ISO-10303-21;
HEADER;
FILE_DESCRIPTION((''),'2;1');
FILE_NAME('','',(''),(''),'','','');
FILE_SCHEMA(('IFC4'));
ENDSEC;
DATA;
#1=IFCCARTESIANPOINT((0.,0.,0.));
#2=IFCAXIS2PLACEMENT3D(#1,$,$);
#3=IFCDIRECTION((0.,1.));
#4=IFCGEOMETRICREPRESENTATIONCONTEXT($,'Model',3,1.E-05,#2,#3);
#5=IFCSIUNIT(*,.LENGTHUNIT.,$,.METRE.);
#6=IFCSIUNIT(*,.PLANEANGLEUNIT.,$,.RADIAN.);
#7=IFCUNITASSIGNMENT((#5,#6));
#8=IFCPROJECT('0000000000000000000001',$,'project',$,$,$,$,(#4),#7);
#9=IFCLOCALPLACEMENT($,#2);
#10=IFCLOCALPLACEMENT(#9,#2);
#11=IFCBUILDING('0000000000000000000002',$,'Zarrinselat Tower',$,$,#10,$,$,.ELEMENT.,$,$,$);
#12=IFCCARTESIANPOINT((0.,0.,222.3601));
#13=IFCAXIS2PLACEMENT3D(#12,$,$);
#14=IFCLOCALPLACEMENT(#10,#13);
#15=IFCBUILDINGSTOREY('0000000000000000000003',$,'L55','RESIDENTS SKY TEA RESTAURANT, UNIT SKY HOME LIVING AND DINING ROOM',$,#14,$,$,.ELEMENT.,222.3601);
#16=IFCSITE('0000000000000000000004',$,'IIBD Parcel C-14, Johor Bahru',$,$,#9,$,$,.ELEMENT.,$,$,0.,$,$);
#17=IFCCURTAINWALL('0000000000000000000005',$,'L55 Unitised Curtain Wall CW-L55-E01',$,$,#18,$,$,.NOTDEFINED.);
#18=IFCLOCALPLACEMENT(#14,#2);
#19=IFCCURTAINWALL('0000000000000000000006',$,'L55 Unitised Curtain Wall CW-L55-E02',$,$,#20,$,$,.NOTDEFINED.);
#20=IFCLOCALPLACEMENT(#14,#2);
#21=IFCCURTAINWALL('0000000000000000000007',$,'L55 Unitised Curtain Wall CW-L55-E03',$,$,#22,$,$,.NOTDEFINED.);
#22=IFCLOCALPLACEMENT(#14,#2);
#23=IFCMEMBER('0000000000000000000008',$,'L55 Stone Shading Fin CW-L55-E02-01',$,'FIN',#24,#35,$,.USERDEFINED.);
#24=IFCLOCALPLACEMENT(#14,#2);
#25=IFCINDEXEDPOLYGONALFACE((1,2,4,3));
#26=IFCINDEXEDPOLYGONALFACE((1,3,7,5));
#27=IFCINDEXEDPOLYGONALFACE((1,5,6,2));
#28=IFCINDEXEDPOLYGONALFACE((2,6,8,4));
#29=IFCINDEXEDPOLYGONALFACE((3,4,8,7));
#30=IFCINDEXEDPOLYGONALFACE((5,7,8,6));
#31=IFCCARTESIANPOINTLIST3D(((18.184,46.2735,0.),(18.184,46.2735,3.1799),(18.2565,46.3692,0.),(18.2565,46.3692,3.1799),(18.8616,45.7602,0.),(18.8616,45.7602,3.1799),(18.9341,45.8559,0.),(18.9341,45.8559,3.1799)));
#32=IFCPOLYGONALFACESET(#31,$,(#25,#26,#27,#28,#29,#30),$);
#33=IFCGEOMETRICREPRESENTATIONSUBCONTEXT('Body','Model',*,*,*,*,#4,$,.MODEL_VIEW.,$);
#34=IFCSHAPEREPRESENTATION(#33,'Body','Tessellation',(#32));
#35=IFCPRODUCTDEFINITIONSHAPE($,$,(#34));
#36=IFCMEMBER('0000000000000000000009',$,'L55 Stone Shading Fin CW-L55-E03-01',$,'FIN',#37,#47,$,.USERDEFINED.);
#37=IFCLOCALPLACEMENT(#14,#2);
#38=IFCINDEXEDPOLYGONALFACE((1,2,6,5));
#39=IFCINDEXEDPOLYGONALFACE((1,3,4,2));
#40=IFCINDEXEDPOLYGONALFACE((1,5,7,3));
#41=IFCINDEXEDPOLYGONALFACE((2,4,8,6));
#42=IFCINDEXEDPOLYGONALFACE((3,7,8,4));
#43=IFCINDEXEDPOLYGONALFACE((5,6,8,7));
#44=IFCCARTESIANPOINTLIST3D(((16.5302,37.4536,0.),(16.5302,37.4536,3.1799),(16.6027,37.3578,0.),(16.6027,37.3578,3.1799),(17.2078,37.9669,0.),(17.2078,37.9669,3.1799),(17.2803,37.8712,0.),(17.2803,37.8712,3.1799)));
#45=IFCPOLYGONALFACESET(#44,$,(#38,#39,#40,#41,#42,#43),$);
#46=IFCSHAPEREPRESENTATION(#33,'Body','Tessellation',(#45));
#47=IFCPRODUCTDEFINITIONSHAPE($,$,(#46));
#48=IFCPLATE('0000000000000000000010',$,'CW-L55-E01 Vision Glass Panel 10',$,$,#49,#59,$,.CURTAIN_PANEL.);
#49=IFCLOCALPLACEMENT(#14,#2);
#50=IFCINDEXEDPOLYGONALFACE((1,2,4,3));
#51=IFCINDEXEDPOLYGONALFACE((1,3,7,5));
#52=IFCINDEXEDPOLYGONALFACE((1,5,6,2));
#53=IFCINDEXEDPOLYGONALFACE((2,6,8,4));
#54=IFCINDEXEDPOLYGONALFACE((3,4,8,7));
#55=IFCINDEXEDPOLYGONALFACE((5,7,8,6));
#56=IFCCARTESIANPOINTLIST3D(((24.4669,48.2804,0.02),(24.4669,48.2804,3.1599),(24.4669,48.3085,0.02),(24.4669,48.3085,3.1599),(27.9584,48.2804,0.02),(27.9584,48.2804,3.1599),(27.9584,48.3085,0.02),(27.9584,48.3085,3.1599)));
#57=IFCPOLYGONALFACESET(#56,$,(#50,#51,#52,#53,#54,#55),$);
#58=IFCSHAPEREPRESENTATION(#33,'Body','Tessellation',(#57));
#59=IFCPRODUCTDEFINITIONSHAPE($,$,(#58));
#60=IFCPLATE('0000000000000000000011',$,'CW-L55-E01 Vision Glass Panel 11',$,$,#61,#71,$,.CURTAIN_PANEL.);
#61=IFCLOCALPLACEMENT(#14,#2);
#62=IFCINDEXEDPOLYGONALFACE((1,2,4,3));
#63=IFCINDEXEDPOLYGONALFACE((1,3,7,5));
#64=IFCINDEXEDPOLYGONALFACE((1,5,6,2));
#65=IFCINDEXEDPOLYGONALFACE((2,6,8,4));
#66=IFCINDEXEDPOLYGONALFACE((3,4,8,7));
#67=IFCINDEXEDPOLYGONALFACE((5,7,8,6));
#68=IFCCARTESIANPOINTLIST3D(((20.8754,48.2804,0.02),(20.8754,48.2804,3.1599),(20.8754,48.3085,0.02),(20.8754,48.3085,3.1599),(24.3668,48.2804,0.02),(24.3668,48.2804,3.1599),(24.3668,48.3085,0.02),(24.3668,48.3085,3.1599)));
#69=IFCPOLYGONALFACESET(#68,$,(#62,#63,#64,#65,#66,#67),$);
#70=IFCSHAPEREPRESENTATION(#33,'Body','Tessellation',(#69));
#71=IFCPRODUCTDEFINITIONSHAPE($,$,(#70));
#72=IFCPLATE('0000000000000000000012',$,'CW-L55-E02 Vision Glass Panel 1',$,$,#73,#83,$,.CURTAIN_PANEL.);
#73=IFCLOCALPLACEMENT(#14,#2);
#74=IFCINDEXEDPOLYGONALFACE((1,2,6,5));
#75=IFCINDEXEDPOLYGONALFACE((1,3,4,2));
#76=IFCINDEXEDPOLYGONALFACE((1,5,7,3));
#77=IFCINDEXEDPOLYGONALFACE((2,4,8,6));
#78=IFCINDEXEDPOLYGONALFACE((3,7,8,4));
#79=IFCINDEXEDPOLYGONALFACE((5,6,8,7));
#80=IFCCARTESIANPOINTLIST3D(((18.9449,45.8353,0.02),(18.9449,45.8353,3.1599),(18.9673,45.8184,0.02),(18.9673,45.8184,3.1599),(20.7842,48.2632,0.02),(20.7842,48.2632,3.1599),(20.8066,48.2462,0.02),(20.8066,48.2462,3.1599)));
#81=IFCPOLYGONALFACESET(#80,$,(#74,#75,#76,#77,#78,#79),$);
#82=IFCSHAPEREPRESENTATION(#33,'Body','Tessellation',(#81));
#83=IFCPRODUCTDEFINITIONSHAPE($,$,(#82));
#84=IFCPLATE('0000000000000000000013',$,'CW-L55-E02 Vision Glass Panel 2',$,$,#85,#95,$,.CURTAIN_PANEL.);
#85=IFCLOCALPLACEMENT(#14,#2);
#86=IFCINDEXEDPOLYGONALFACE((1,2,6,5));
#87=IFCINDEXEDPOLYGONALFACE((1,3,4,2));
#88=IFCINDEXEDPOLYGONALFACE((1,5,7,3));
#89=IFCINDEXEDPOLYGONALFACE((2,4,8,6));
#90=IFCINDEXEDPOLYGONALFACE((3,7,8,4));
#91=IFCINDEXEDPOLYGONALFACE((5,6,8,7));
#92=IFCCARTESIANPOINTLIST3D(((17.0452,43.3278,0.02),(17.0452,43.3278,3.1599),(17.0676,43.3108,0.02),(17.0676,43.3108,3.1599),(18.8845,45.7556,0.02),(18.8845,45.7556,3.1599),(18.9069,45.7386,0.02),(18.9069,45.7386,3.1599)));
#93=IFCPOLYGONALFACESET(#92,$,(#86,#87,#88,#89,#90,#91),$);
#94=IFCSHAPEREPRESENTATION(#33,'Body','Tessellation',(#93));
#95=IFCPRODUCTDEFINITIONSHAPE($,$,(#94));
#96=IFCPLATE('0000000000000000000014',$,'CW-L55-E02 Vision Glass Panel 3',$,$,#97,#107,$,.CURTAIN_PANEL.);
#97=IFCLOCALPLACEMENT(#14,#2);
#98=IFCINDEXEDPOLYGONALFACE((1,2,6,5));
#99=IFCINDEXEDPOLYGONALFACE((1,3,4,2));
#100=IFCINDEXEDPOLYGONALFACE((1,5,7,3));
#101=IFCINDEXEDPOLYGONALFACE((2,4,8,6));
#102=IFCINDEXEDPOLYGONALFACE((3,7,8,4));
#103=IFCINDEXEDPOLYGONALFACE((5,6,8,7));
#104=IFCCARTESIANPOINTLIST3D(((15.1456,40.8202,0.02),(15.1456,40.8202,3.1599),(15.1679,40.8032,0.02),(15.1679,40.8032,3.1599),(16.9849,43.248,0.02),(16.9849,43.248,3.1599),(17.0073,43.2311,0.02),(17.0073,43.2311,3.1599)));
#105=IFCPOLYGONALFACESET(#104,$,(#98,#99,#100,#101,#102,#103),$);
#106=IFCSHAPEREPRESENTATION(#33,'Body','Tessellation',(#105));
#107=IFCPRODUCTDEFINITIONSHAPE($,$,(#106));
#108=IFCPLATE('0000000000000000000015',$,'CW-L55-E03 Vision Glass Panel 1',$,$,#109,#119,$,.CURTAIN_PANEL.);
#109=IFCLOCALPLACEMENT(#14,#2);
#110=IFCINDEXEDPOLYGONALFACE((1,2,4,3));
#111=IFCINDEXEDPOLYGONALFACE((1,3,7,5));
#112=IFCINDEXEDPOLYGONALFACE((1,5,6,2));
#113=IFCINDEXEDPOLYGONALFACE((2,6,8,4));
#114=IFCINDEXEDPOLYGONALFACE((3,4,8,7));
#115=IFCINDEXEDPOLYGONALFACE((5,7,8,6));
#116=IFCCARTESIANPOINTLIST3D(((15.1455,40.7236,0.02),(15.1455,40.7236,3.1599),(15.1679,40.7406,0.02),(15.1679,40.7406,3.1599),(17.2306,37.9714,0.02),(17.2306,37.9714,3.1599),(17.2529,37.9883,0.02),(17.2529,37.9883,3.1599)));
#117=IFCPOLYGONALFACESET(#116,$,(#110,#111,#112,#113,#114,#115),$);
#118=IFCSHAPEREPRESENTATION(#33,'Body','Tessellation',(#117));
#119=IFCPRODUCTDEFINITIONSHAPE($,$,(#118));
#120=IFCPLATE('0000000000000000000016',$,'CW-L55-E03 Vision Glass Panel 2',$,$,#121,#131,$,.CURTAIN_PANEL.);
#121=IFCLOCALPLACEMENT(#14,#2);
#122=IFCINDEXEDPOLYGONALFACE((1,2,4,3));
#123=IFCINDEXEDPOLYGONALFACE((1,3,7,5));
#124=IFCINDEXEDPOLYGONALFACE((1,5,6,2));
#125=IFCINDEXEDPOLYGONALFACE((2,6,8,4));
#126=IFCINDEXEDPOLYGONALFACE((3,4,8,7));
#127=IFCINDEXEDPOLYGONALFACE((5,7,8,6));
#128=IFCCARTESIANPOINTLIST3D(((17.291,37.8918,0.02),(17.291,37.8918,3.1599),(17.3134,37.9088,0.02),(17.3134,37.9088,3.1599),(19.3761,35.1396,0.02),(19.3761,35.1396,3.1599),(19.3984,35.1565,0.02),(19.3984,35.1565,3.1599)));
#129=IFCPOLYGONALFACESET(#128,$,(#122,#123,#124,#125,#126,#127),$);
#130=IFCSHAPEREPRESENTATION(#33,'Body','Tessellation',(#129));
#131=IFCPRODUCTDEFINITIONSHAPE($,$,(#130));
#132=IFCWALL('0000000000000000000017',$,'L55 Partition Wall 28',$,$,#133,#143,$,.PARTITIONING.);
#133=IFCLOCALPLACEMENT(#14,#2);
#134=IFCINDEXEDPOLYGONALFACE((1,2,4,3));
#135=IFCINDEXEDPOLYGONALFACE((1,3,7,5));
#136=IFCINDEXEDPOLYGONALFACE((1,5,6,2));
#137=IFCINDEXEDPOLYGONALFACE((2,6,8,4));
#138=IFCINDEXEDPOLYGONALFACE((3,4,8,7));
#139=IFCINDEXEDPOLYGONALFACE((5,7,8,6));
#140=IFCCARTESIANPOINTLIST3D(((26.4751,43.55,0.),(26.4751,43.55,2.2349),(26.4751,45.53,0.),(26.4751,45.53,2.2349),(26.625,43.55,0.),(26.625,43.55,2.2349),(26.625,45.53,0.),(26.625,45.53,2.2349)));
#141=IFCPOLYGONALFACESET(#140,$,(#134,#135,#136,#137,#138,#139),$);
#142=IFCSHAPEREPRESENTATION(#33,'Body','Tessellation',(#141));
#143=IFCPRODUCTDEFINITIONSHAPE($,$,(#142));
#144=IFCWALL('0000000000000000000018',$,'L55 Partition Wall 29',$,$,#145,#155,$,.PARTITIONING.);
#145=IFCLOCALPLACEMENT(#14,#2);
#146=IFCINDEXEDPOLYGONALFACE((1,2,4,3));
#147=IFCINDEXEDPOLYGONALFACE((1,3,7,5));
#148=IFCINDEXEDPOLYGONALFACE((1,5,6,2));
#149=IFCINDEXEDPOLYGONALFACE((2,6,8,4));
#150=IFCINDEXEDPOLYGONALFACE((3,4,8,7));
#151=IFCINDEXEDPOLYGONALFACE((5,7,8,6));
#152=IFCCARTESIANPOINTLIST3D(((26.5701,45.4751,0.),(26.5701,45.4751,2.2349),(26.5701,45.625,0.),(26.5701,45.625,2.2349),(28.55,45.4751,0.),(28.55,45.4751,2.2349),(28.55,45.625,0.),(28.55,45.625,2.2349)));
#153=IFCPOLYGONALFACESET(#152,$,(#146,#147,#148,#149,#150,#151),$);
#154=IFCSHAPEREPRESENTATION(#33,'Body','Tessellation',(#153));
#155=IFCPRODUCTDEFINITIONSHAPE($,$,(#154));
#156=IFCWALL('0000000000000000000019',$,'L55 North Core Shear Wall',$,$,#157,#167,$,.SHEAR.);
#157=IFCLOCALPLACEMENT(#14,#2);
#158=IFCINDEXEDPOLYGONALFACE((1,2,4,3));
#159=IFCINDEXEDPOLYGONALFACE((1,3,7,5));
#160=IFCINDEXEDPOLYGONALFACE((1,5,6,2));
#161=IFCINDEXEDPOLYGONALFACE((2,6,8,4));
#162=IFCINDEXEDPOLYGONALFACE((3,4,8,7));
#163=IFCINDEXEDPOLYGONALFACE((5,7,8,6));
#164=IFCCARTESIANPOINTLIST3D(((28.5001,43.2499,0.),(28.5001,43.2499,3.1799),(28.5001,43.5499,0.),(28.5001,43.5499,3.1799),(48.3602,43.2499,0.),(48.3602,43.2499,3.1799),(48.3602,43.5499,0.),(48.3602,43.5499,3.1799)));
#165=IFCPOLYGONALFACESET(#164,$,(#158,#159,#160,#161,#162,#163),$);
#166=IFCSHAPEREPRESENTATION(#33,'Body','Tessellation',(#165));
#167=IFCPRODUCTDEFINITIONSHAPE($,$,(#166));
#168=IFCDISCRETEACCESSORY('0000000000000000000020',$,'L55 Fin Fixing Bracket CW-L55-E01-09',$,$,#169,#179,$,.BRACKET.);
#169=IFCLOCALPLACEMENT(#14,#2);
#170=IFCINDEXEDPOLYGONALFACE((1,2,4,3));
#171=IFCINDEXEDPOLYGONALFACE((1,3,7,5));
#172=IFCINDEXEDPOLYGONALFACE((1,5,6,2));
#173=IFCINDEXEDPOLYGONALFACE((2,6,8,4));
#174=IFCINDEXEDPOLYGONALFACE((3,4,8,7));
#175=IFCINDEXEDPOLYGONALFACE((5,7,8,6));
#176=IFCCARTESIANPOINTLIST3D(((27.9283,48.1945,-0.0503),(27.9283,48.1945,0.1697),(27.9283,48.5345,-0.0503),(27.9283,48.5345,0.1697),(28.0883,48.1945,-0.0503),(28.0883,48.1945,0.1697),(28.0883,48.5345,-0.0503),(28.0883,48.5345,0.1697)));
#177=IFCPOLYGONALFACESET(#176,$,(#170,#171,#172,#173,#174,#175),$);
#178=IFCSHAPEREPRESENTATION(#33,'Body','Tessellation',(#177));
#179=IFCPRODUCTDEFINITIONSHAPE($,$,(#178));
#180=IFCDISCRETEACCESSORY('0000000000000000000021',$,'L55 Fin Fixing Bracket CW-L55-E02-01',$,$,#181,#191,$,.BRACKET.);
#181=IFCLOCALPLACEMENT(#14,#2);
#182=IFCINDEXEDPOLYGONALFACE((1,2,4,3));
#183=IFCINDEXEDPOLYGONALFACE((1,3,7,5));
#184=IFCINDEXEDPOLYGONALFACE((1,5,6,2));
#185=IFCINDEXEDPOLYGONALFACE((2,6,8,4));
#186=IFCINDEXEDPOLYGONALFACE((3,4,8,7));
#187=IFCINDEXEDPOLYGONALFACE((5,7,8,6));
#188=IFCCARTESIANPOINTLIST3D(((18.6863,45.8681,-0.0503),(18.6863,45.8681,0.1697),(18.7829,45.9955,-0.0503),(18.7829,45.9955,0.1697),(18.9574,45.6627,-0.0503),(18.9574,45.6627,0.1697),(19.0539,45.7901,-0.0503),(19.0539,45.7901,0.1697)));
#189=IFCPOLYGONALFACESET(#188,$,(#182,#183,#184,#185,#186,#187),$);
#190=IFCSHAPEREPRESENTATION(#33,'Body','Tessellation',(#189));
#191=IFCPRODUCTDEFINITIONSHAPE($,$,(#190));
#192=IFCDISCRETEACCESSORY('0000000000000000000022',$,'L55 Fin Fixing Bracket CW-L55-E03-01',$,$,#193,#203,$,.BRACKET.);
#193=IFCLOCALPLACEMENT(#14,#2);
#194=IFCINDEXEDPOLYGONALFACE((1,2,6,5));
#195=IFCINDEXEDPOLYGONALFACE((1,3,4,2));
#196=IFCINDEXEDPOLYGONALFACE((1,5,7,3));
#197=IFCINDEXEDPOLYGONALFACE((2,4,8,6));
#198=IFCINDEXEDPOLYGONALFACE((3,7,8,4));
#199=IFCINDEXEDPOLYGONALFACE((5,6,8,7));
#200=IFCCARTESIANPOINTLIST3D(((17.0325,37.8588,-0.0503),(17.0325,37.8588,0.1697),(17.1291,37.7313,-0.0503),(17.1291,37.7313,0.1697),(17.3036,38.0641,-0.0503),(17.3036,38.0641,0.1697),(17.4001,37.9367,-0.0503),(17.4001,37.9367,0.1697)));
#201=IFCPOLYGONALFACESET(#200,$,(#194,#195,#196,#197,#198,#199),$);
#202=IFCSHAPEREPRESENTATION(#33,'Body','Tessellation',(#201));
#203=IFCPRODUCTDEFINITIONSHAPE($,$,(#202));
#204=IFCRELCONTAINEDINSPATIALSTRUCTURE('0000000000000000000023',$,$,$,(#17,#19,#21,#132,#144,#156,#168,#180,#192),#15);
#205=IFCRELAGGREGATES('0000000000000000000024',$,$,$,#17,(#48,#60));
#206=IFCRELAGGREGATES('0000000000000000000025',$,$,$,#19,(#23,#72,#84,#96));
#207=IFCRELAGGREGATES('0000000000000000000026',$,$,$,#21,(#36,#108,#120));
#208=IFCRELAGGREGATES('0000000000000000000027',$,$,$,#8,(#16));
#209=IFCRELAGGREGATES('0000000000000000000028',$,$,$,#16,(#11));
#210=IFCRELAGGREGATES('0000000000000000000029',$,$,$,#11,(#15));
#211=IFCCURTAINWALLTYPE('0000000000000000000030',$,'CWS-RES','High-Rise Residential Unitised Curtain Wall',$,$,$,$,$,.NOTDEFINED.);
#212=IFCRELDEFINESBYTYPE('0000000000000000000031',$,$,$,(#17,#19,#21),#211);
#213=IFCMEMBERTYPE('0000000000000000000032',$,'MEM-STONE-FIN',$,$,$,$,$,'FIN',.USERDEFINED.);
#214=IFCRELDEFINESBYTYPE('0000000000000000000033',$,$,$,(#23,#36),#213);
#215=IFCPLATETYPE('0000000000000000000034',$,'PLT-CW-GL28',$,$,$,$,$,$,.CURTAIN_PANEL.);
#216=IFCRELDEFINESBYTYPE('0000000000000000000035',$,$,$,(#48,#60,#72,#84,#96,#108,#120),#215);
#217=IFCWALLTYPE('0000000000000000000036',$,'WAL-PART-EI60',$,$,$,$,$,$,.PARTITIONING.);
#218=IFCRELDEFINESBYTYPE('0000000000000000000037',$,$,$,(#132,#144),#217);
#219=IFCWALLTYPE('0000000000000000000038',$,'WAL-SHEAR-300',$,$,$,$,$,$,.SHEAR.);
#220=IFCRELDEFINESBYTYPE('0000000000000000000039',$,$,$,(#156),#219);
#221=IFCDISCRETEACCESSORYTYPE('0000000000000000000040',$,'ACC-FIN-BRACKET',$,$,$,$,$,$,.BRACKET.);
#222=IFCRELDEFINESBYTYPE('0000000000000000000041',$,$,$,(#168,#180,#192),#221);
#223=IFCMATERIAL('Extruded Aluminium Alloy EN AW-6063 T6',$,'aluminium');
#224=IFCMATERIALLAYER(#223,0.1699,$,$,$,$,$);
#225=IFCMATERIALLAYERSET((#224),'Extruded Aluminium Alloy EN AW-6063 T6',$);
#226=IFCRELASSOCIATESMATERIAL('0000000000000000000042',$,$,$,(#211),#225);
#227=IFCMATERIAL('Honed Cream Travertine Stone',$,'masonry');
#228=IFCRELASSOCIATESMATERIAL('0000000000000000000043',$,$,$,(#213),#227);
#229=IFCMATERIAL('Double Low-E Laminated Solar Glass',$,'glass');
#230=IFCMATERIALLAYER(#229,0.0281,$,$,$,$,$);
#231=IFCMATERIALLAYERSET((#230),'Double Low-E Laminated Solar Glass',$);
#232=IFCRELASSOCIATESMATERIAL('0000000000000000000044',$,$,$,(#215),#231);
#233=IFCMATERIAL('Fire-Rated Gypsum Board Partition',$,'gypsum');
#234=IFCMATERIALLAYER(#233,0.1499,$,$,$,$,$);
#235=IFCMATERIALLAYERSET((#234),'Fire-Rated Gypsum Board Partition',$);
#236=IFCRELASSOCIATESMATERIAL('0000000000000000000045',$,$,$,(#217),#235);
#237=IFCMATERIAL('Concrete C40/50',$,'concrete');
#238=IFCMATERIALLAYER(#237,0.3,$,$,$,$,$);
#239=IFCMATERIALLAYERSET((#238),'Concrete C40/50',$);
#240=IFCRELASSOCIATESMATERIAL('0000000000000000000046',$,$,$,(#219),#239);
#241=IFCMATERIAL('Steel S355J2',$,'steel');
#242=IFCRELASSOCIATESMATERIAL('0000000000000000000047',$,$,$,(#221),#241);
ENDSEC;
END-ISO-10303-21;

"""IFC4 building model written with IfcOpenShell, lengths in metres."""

from ifc_helpers import new_model, si_unit, direction, frame, frame_2d, origin, origin_2d, place, context, subcontext, project, spatial, rectangle, extrude, material, layer, layer_set, material_profile, profile_set, type_object, element, aggregate, save


model = new_model("IFC4")

# Units and contexts
model_context = context("Model", 3, precision=1e-05, world=origin(), true_north=direction((0.0, 1.0)))
body_context = subcontext(model_context, "Body", "Model", "MODEL_VIEW")
ifc_project = project(units=[si_unit("LENGTHUNIT", "METRE"), si_unit("PLANEANGLEUNIT", "RADIAN")], contexts=[model_context])

# Site, building, storey
site_placement = place(None, origin())
site = spatial("IfcSite", under=ifc_project, at=site_placement, Name="IIBD Parcel C-14, Johor Bahru", CompositionType="ELEMENT", RefElevation=0.0)
building_placement = place(site_placement, origin())
building = spatial("IfcBuilding", under=site, at=building_placement, Name="Zarrinselat Tower", CompositionType="ELEMENT")
storey_placement = place(building_placement, frame((0.0, 0.0, 222.3601)))
storey = spatial("IfcBuildingStorey", under=building, at=storey_placement, Name="L55", Description="RESIDENTS SKY TEA RESTAURANT, UNIT SKY HOME LIVING AND DINING ROOM", CompositionType="ELEMENT", Elevation=222.3601)

# Curtain walls
ifc_material_1 = material(Name="Extruded Aluminium Alloy EN AW-6063 T6", Category="aluminium")
ifc_layer_1 = layer(ifc_material_1, 0.1699)
ifc_layer_set_1 = layer_set([ifc_layer_1], Name="Extruded Aluminium Alloy EN AW-6063 T6")
curtain_wall_type = type_object("IfcCurtainWallType", Name="CWS-RES", Description="High-Rise Residential Unitised Curtain Wall", PredefinedType="NOTDEFINED", material=ifc_layer_set_1)
curtain_wall_1_placement = place(storey_placement, origin())
curtain_wall_1 = element("IfcCurtainWall", 1, at=curtain_wall_1_placement, inside=storey, type_object=curtain_wall_type, Name="L55 Unitised Curtain Wall CW-L55-E01", PredefinedType="NOTDEFINED")
curtain_wall_2_placement = place(storey_placement, origin())
curtain_wall_2 = element("IfcCurtainWall", 2, at=curtain_wall_2_placement, inside=storey, type_object=curtain_wall_type, Name="L55 Unitised Curtain Wall CW-L55-E02", PredefinedType="NOTDEFINED")
curtain_wall_3_placement = place(storey_placement, origin())
curtain_wall_3 = element("IfcCurtainWall", 3, at=curtain_wall_3_placement, inside=storey, type_object=curtain_wall_type, Name="L55 Unitised Curtain Wall CW-L55-E03", PredefinedType="NOTDEFINED")

# Members
ifc_material_2 = material(Name="Honed Cream Travertine Stone", Category="masonry")
ifc_material_profile_1 = material_profile(ifc_material_2, rectangle(XDim=0.1201, YDim=0.8501, at=origin_2d()), Name="FIN 850x120")
ifc_profile_set_1 = profile_set([ifc_material_profile_1], Name="Honed Cream Travertine Stone")
member_type_1 = type_object("IfcMemberType", Name="MEM-STONE-FIN", ElementType="FIN", PredefinedType="USERDEFINED", material=ifc_profile_set_1)
member_1_placement = place(storey_placement, frame((18.5591, 46.0647, 0.0), z_axis=(0.0, 0.0, 1.0), x_axis=(0.603865, 0.797086, 0.0)))
member_1 = element("IfcMember", 4, at=member_1_placement, type_object=member_type_1, Name="L55 Stone Shading Fin CW-L55-E02-01", ObjectType="FIN", PredefinedType="USERDEFINED", context=body_context, shape_type="SweptSolid", body=[
    extrude(rectangle(XDim=0.1201, YDim=0.8501, at=origin_2d()), origin(), (0.0, 0.0, 1.0), 3.1799),
])
member_2_placement = place(storey_placement, frame((16.9053, 37.6624, 0.0), z_axis=(0.0, 0.0, 1.0), x_axis=(-0.60386, 0.797091, 0.0)))
member_2 = element("IfcMember", 5, at=member_2_placement, type_object=member_type_1, Name="L55 Stone Shading Fin CW-L55-E03-01", ObjectType="FIN", PredefinedType="USERDEFINED", context=body_context, shape_type="SweptSolid", body=[
    extrude(rectangle(XDim=0.1201, YDim=0.8501, at=origin_2d()), origin(), (0.0, 0.0, 1.0), 3.1799),
])

# Plates
ifc_material_3 = material(Name="Double Low-E Laminated Solar Glass", Category="glass")
ifc_layer_2 = layer(ifc_material_3, 0.0281)
ifc_layer_set_2 = layer_set([ifc_layer_2], Name="Double Low-E Laminated Solar Glass")
plate_type = type_object("IfcPlateType", Name="PLT-CW-GL28", PredefinedType="CURTAIN_PANEL", material=ifc_layer_set_2)
plate_1_placement = place(storey_placement, frame((26.2126, 48.2944, 0.02), z_axis=(0.0, 0.0, 1.0), x_axis=(-1.0, 0.0, 0.0)))
plate_1 = element("IfcPlate", 6, at=plate_1_placement, type_object=plate_type, Name="CW-L55-E01 Vision Glass Panel 10", PredefinedType="CURTAIN_PANEL", context=body_context, shape_type="SweptSolid", body=[
    extrude(rectangle(XDim=3.4915, YDim=0.0281, at=origin_2d()), origin(), (0.0, 0.0, 1.0), 3.1399),
])
plate_2_placement = place(storey_placement, frame((22.6211, 48.2944, 0.02), z_axis=(0.0, 0.0, 1.0), x_axis=(-1.0, 0.0, 0.0)))
plate_2 = element("IfcPlate", 7, at=plate_2_placement, type_object=plate_type, Name="CW-L55-E01 Vision Glass Panel 11", PredefinedType="CURTAIN_PANEL", context=body_context, shape_type="SweptSolid", body=[
    extrude(rectangle(XDim=3.4915, YDim=0.0281, at=origin_2d()), origin(), (0.0, 0.0, 1.0), 3.1399),
])
aggregate(curtain_wall_1, [plate_1, plate_2])
plate_3_placement = place(storey_placement, frame((19.8757, 47.0408, 0.02), z_axis=(0.0, 0.0, 1.0), x_axis=(-0.603865, -0.797086, 0.0)))
plate_3 = element("IfcPlate", 8, at=plate_3_placement, type_object=plate_type, Name="CW-L55-E02 Vision Glass Panel 1", PredefinedType="CURTAIN_PANEL", context=body_context, shape_type="SweptSolid", body=[
    extrude(rectangle(XDim=3.0459, YDim=0.0281, at=origin_2d()), origin(), (0.0, 0.0, 1.0), 3.1399),
])
plate_4_placement = place(storey_placement, frame((17.9761, 44.5332, 0.02), z_axis=(0.0, 0.0, 1.0), x_axis=(-0.603865, -0.797086, 0.0)))
plate_4 = element("IfcPlate", 9, at=plate_4_placement, type_object=plate_type, Name="CW-L55-E02 Vision Glass Panel 2", PredefinedType="CURTAIN_PANEL", context=body_context, shape_type="SweptSolid", body=[
    extrude(rectangle(XDim=3.0459, YDim=0.0281, at=origin_2d()), origin(), (0.0, 0.0, 1.0), 3.1399),
])
plate_5_placement = place(storey_placement, frame((16.0764, 42.0256, 0.02), z_axis=(0.0, 0.0, 1.0), x_axis=(-0.603865, -0.797086, 0.0)))
plate_5 = element("IfcPlate", 10, at=plate_5_placement, type_object=plate_type, Name="CW-L55-E02 Vision Glass Panel 3", PredefinedType="CURTAIN_PANEL", context=body_context, shape_type="SweptSolid", body=[
    extrude(rectangle(XDim=3.0459, YDim=0.0281, at=origin_2d()), origin(), (0.0, 0.0, 1.0), 3.1399),
])
aggregate(curtain_wall_2, [member_1, plate_3, plate_4, plate_5])
plate_6_placement = place(storey_placement, frame((16.1992, 39.356, 0.02), z_axis=(0.0, 0.0, 1.0), x_axis=(0.60386, -0.797091, 0.0)))
plate_6 = element("IfcPlate", 11, at=plate_6_placement, type_object=plate_type, Name="CW-L55-E03 Vision Glass Panel 1", PredefinedType="CURTAIN_PANEL", context=body_context, shape_type="SweptSolid", body=[
    extrude(rectangle(XDim=3.4529, YDim=0.0281, at=origin_2d()), origin(), (0.0, 0.0, 1.0), 3.1399),
])
plate_7_placement = place(storey_placement, frame((18.3447, 36.5242, 0.02), z_axis=(0.0, 0.0, 1.0), x_axis=(0.60386, -0.797091, 0.0)))
plate_7 = element("IfcPlate", 12, at=plate_7_placement, type_object=plate_type, Name="CW-L55-E03 Vision Glass Panel 2", PredefinedType="CURTAIN_PANEL", context=body_context, shape_type="SweptSolid", body=[
    extrude(rectangle(XDim=3.4529, YDim=0.0281, at=origin_2d()), origin(), (0.0, 0.0, 1.0), 3.1399),
])
aggregate(curtain_wall_3, [member_2, plate_6, plate_7])

# Walls
ifc_material_4 = material(Name="Fire-Rated Gypsum Board Partition", Category="gypsum")
ifc_layer_3 = layer(ifc_material_4, 0.1499)
ifc_layer_set_3 = layer_set([ifc_layer_3], Name="Fire-Rated Gypsum Board Partition")
wall_type_1 = type_object("IfcWallType", Name="WAL-PART-EI60", PredefinedType="PARTITIONING", material=ifc_layer_set_3)
for number, where, z_axis, x_axis, name in (
    (13, (26.55, 43.55, 0.0), (0.0, 0.0, 1.0), (0.0, 1.0, 0.0), "L55 Partition Wall 28"),
    (14, (26.5701, 45.55, 0.0), (0.0, 0.0, 1.0), (1.0, 0.0, 0.0), "L55 Partition Wall 29"),
):
    element("IfcWall", number, at=place(storey_placement, frame(where, z_axis=z_axis, x_axis=x_axis)), inside=storey, type_object=wall_type_1, Name=name, PredefinedType="PARTITIONING", context=body_context, shape_type="SweptSolid", body=[
        extrude(rectangle(XDim=1.98, YDim=0.1499, at=frame_2d((0.99, 0.0))), origin(), (0.0, 0.0, 1.0), 2.2349),
    ])
ifc_material_5 = material(Name="Concrete C40/50", Category="concrete")
ifc_layer_4 = layer(ifc_material_5, 0.3)
ifc_layer_set_4 = layer_set([ifc_layer_4], Name="Concrete C40/50")
wall_type_2 = type_object("IfcWallType", Name="WAL-SHEAR-300", PredefinedType="SHEAR", material=ifc_layer_set_4)
wall_placement = place(storey_placement, frame((28.5, 43.3999, 0.0), z_axis=(0.0, 0.0, 1.0), x_axis=(1.0, 0.0, 0.0)))
element("IfcWall", 15, at=wall_placement, inside=storey, type_object=wall_type_2, Name="L55 North Core Shear Wall", PredefinedType="SHEAR", context=body_context, shape_type="SweptSolid", body=[
    extrude(rectangle(XDim=19.8601, YDim=0.3, at=frame_2d((9.9302, 0.0))), origin(), (0.0, 0.0, 1.0), 3.1799),
])

# Discrete accessories
ifc_material_6 = material(Name="Steel S355J2", Category="steel")
discrete_accessory_type = type_object("IfcDiscreteAccessoryType", Name="ACC-FIN-BRACKET", PredefinedType="BRACKET", material=ifc_material_6)
for number, where, z_axis, x_axis, name in (
    (16, (28.0083, 48.3645, -0.0503), (0.0, 0.0, 1.0), (0.0, 1.0, 0.0), "L55 Fin Fixing Bracket CW-L55-E01-09"),
    (17, (18.8701, 45.8291, -0.0503), (0.0, 0.0, 1.0), (-0.797086, 0.603865, 0.0), "L55 Fin Fixing Bracket CW-L55-E02-01"),
    (18, (17.2163, 37.8977, -0.0503), (0.0, 0.0, 1.0), (-0.797091, -0.60386, 0.0), "L55 Fin Fixing Bracket CW-L55-E03-01"),
):
    element("IfcDiscreteAccessory", number, at=place(storey_placement, frame(where, z_axis=z_axis, x_axis=x_axis)), inside=storey, type_object=discrete_accessory_type, Name=name, PredefinedType="BRACKET", context=body_context, shape_type="SweptSolid", body=[
        extrude(rectangle(XDim=0.3401, YDim=0.1599, at=origin_2d()), origin(), (0.0, 0.0, 1.0), 0.22),
    ])

save(model, "model.ifc")
